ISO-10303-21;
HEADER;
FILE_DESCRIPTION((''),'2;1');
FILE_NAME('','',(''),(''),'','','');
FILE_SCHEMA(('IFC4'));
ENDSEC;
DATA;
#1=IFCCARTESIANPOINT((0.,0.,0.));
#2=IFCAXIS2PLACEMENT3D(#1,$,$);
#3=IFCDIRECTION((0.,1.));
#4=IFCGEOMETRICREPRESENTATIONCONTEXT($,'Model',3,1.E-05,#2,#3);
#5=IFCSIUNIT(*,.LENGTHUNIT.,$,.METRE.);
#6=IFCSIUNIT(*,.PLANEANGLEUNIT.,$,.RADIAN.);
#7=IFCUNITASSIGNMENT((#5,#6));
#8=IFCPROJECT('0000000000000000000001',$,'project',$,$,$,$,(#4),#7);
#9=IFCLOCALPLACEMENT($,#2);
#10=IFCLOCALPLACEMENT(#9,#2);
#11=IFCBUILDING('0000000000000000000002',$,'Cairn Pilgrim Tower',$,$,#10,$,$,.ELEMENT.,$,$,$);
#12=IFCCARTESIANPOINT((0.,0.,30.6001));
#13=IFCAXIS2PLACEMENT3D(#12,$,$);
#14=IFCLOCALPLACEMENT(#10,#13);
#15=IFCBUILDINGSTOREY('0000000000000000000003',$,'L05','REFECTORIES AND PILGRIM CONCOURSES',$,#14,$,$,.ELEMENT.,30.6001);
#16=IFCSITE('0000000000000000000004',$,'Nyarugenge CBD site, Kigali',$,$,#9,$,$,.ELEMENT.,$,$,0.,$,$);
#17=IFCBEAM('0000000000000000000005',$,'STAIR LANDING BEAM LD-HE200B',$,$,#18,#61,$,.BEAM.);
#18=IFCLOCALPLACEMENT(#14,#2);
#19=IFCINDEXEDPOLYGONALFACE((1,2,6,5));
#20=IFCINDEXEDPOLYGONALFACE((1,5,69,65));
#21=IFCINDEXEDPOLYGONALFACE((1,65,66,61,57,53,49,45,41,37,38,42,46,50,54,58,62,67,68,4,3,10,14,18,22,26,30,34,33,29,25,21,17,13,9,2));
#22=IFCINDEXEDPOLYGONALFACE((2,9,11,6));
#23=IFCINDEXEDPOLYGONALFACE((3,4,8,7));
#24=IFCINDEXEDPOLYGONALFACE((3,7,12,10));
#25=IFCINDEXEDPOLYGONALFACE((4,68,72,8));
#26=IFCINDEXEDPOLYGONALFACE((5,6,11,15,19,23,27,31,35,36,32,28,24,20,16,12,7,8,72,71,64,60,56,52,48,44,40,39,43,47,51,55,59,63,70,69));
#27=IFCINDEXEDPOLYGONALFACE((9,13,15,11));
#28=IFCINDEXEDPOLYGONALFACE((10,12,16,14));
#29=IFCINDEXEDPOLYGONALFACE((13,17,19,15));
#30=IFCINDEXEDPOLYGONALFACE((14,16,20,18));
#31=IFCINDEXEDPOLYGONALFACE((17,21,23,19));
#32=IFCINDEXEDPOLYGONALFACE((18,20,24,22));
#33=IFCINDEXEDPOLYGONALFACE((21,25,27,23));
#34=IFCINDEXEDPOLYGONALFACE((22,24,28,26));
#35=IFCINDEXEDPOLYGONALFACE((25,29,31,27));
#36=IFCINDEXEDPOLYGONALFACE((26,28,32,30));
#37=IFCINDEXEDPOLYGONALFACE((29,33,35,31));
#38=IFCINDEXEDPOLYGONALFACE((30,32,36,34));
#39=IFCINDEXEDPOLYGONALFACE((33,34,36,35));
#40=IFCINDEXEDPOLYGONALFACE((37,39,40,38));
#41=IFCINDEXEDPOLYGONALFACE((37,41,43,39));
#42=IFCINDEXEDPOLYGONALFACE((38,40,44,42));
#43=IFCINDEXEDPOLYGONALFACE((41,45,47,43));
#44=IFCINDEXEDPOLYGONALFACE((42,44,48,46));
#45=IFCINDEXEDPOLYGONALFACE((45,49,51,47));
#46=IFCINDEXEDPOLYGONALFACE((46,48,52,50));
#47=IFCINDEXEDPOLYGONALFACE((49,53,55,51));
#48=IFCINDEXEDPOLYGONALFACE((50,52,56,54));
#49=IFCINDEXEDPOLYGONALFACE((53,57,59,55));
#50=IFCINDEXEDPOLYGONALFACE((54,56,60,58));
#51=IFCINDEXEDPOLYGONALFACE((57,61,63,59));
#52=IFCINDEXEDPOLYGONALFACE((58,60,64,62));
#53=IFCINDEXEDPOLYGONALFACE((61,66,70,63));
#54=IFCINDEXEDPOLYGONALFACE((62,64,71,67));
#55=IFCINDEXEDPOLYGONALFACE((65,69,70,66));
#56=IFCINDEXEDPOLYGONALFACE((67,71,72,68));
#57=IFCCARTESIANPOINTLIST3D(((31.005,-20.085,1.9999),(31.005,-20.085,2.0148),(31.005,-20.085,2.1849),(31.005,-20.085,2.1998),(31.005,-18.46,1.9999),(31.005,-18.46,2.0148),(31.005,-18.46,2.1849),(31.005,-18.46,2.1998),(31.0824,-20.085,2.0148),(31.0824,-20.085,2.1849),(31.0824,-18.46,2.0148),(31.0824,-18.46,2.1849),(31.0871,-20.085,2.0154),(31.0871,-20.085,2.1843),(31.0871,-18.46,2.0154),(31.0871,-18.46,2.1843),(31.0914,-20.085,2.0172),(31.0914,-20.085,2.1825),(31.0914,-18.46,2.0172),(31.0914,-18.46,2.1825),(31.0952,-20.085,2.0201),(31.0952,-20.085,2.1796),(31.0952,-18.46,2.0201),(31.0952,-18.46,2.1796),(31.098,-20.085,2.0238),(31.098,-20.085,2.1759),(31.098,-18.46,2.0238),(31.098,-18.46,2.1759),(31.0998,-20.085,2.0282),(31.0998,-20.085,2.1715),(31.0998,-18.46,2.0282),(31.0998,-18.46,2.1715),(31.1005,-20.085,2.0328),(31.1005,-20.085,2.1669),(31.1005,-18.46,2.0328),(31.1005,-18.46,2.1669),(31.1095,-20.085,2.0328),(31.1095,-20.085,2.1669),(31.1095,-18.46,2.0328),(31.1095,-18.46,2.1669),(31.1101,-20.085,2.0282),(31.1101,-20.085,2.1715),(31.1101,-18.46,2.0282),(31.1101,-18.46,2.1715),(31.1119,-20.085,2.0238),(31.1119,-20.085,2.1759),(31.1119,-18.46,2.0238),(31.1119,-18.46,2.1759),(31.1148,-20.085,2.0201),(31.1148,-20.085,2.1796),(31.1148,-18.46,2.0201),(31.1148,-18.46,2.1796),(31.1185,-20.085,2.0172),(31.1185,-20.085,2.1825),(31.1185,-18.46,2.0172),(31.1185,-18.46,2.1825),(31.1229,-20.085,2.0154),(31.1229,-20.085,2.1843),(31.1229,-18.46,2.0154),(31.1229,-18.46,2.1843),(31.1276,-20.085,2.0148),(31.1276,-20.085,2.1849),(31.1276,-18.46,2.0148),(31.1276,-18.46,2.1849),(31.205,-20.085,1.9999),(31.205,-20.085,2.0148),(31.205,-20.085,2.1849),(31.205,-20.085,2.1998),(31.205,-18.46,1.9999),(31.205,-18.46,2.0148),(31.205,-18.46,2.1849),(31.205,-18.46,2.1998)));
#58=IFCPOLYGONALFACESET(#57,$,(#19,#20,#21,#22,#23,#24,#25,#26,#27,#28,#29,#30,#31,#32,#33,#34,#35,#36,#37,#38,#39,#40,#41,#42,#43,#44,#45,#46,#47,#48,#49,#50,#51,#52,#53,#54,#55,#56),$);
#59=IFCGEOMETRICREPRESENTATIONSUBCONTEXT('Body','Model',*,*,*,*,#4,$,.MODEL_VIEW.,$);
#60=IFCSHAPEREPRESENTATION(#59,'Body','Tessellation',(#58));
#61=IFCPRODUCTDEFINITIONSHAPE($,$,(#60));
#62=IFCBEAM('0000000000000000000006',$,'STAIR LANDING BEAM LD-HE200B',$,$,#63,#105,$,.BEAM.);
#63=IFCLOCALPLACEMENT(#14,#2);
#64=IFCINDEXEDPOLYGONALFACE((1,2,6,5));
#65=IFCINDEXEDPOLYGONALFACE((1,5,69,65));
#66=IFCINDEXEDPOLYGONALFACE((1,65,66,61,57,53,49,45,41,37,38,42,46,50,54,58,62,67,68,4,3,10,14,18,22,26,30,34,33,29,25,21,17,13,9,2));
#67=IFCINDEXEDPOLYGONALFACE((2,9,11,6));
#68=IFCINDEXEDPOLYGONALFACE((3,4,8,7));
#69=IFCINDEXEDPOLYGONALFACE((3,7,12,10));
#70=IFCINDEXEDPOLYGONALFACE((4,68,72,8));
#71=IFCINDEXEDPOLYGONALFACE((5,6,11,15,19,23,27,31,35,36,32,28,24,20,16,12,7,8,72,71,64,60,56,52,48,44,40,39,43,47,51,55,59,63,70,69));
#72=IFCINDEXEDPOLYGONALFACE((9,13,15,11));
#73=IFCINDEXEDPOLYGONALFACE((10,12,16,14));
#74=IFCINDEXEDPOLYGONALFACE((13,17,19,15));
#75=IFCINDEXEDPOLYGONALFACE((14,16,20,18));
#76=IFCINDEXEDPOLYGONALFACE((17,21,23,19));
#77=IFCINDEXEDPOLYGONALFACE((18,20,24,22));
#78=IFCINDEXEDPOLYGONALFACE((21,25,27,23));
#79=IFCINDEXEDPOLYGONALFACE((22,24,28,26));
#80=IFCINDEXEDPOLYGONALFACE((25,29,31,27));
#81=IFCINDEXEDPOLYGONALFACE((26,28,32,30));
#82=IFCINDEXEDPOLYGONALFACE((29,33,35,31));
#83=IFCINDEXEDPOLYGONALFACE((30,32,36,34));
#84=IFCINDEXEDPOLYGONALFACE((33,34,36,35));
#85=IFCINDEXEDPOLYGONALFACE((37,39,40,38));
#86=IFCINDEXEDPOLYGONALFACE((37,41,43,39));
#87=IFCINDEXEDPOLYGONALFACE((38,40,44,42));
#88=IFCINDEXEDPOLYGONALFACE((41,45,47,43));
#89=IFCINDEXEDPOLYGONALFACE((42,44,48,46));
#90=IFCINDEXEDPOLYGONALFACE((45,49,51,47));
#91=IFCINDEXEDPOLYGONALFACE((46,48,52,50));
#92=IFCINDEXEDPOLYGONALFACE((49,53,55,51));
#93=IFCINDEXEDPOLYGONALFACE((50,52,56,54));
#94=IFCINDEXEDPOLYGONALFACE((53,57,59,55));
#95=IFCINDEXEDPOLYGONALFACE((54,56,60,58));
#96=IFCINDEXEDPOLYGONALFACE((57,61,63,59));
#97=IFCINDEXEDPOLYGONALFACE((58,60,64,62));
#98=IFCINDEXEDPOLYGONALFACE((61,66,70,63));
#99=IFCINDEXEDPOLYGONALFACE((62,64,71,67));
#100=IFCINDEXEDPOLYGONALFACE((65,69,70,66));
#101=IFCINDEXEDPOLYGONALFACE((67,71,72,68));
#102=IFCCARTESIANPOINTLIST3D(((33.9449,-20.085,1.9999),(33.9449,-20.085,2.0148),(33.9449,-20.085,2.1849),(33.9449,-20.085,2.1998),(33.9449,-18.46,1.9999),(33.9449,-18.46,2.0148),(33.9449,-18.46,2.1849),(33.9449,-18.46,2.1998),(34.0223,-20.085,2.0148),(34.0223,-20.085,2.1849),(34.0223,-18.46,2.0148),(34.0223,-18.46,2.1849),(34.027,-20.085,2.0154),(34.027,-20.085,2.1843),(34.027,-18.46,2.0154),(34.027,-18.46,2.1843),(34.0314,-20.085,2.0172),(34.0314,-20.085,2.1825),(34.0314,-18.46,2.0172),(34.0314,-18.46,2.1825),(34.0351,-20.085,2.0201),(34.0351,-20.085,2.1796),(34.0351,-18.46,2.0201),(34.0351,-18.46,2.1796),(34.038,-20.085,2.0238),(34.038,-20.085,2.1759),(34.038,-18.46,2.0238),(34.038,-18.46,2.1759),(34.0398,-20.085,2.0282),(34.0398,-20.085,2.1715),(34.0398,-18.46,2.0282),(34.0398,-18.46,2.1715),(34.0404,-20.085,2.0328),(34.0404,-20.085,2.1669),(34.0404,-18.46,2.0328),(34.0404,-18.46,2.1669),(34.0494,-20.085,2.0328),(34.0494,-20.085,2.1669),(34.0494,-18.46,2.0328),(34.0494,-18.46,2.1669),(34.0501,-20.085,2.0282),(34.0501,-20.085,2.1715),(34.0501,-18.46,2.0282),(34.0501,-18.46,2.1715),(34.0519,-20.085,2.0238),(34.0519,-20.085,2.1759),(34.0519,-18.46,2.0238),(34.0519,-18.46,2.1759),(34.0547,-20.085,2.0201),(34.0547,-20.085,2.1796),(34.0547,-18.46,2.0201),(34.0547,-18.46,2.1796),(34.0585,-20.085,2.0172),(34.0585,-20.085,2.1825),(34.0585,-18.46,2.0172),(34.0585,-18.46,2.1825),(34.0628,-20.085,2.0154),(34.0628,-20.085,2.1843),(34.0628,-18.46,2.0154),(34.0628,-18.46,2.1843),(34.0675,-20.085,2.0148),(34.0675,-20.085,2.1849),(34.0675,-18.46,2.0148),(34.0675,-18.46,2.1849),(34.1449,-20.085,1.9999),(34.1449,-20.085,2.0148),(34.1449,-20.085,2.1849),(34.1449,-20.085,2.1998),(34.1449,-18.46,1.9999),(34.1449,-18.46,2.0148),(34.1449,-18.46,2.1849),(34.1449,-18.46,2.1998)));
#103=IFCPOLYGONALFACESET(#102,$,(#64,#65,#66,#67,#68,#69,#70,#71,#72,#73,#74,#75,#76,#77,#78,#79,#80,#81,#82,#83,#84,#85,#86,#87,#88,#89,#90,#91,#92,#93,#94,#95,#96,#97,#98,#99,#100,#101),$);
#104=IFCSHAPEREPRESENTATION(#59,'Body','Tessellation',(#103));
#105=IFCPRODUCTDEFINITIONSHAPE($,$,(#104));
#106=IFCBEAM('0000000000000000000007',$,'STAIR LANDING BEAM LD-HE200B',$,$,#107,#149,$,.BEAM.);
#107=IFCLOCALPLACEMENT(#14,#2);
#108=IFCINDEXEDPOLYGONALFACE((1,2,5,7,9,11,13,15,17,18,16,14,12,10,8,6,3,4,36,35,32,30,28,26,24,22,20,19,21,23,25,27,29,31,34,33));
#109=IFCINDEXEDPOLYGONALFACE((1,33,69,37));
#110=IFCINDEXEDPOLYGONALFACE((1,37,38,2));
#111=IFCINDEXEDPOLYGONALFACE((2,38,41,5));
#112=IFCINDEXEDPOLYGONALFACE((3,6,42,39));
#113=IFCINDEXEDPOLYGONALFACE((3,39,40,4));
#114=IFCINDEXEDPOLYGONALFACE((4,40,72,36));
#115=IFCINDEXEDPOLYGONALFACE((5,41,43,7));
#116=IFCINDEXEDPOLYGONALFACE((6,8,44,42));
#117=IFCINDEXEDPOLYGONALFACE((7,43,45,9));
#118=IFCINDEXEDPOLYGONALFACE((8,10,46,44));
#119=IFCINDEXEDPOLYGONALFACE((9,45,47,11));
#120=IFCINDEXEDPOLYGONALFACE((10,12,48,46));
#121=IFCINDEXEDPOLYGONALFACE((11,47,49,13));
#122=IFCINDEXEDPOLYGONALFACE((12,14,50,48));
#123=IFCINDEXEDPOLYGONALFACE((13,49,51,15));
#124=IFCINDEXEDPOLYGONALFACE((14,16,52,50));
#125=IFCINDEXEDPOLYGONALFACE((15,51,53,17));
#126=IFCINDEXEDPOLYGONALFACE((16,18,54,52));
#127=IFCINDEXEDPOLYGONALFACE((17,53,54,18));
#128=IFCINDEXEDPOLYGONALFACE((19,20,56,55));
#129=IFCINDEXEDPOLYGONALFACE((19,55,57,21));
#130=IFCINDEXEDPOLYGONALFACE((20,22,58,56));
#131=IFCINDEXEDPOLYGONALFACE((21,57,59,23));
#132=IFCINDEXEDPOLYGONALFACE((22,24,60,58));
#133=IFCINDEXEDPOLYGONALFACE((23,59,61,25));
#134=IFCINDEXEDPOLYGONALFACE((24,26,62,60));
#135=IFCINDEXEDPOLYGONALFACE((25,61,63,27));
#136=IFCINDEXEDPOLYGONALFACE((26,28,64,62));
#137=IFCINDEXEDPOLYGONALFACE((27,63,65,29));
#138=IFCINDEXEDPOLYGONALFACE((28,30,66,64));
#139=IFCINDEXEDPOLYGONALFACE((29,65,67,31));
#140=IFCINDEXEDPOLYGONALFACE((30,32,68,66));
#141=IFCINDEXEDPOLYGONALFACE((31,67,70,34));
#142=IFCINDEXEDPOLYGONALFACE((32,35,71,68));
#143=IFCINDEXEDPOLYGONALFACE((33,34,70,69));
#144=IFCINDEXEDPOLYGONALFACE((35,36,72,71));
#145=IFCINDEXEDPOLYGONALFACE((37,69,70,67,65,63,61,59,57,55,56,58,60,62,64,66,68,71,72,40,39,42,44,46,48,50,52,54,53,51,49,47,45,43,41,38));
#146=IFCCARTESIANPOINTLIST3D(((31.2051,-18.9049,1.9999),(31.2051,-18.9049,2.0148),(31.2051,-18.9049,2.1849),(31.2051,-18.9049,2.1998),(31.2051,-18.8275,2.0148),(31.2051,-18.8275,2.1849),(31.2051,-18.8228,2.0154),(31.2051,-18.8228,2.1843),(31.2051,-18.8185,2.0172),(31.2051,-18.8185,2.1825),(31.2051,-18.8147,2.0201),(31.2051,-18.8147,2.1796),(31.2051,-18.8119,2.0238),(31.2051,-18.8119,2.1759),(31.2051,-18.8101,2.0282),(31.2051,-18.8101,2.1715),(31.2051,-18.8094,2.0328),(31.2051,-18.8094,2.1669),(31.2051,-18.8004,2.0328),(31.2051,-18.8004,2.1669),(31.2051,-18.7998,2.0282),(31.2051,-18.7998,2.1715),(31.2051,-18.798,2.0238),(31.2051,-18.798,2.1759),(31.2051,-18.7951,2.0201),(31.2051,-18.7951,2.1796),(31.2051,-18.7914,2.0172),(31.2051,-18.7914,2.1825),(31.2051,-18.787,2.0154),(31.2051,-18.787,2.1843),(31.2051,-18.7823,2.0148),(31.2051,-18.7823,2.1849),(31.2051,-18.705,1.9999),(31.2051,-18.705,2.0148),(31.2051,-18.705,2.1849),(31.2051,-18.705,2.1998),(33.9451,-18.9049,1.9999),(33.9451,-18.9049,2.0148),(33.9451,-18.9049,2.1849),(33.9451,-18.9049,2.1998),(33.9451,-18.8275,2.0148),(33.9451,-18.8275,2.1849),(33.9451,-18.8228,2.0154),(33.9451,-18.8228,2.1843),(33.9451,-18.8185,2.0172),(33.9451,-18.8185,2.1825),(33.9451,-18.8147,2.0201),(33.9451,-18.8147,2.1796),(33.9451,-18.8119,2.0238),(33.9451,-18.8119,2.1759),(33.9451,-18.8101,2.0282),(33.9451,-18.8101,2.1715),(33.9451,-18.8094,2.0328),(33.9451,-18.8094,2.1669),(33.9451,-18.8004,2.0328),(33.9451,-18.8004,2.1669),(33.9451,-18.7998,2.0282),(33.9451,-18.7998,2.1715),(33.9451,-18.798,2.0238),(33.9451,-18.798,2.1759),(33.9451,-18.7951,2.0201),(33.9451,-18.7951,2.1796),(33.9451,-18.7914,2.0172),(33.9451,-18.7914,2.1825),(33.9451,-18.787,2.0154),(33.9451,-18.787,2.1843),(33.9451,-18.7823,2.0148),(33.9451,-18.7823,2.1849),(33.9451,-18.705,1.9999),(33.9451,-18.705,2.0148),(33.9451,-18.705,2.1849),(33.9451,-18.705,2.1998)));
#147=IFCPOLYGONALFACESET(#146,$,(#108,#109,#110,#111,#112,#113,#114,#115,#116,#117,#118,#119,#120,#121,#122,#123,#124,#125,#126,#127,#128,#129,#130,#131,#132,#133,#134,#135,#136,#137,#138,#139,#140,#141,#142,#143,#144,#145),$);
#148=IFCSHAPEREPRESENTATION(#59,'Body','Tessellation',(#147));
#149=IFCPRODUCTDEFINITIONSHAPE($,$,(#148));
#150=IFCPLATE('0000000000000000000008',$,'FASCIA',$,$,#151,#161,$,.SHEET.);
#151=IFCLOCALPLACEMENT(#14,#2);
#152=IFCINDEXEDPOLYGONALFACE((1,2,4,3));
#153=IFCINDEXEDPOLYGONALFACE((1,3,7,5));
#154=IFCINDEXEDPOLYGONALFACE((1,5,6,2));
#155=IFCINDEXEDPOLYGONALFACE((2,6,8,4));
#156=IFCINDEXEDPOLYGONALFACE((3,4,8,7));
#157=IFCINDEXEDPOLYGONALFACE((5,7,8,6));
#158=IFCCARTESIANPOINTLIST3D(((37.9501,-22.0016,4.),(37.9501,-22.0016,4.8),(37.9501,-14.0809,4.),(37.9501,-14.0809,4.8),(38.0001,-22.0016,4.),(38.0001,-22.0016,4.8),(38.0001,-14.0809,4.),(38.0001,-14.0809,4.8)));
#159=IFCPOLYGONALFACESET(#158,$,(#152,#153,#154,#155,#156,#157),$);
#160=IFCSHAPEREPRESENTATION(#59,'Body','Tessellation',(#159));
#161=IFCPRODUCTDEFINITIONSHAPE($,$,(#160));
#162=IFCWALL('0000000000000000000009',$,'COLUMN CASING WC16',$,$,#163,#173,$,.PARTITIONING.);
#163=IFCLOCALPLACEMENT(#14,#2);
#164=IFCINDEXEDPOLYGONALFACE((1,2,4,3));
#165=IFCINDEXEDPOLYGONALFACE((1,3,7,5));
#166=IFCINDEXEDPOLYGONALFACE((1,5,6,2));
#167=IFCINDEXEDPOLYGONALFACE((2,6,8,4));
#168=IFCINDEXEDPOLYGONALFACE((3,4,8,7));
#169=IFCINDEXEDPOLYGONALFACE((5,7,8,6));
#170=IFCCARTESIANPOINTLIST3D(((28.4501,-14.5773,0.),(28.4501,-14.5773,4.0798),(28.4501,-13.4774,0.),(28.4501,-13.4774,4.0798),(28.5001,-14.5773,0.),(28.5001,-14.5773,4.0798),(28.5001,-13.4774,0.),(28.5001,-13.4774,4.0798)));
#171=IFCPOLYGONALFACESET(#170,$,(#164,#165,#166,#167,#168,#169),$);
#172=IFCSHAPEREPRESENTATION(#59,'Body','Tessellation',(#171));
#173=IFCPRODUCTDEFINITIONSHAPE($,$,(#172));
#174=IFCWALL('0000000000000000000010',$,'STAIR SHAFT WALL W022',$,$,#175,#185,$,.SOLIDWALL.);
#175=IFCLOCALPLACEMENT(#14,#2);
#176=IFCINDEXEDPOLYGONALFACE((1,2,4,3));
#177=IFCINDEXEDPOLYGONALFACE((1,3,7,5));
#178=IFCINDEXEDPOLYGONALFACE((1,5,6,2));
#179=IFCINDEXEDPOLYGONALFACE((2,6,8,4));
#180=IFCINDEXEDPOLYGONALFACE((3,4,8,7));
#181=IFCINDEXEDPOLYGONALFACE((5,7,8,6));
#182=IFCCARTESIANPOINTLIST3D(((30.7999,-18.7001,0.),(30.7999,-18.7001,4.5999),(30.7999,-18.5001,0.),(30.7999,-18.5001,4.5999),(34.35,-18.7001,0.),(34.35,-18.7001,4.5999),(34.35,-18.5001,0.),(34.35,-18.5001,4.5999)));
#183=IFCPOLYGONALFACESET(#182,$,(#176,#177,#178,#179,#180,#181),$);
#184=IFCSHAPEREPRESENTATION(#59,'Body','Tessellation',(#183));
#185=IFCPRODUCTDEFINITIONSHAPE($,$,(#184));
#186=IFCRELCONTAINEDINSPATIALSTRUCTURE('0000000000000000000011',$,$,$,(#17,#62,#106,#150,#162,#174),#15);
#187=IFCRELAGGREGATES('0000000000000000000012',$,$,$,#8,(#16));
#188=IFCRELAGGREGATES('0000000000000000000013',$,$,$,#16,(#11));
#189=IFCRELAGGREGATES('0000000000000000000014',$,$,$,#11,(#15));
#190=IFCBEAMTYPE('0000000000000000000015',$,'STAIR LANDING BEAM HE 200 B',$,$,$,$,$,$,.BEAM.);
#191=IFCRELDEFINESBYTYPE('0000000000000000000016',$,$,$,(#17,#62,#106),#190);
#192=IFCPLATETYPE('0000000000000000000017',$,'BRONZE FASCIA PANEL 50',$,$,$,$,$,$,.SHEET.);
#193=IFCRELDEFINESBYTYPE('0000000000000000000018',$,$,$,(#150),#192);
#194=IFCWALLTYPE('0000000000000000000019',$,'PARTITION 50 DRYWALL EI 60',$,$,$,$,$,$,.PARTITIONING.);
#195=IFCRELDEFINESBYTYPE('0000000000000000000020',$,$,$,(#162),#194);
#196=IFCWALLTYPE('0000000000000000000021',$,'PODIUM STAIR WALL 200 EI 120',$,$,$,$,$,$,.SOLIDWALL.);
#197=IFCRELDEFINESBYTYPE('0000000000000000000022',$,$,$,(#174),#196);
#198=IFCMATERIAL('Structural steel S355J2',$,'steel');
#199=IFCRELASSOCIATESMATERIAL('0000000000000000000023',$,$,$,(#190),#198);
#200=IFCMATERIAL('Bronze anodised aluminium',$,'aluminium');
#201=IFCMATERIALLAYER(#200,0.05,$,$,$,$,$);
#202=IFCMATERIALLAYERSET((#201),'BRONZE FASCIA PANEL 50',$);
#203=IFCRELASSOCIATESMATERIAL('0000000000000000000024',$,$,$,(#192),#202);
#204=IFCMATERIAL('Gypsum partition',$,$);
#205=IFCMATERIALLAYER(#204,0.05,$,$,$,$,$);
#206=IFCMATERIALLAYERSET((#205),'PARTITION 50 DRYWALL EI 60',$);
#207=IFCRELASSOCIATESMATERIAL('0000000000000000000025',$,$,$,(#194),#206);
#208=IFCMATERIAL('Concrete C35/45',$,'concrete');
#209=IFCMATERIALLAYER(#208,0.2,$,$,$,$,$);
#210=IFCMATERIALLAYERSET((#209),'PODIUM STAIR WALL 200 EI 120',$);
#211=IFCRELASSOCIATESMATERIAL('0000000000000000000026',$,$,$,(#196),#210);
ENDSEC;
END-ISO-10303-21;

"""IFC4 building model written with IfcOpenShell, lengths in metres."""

from ifc_helpers import new_model, si_unit, direction, frame, frame_2d, origin, origin_2d, place, context, subcontext, project, spatial, rectangle, i_section, extrude, material, layer, layer_set, material_profile, profile_set, type_object, element, save


model = new_model("IFC4")

# Units and contexts
model_context = context("Model", 3, precision=1e-05, world=origin(), true_north=direction((0.0, 1.0)))
body_context = subcontext(model_context, "Body", "Model", "MODEL_VIEW")
ifc_project = project(units=[si_unit("LENGTHUNIT", "METRE"), si_unit("PLANEANGLEUNIT", "RADIAN")], contexts=[model_context])

# Site, building, storey
site_placement = place(None, origin())
site = spatial("IfcSite", under=ifc_project, at=site_placement, Name="Nyarugenge CBD site, Kigali", CompositionType="ELEMENT", RefElevation=0.0)
building_placement = place(site_placement, origin())
building = spatial("IfcBuilding", under=site, at=building_placement, Name="Cairn Pilgrim Tower", CompositionType="ELEMENT")
storey_placement = place(building_placement, frame((0.0, 0.0, 30.6001)))
storey = spatial("IfcBuildingStorey", under=building, at=storey_placement, Name="L05", Description="REFECTORIES AND PILGRIM CONCOURSES", CompositionType="ELEMENT", Elevation=30.6001)

# Shared definitions
ifc_material_1 = material(Name="Structural steel S355J2", Category="steel")

# Beams
ifc_material_profile_1 = material_profile(ifc_material_1, i_section(OverallWidth=0.2, OverallDepth=0.2, WebThickness=0.009, FlangeThickness=0.0149, FilletRadius=0.0181, at=origin_2d()), Name="HE 200 B")
ifc_profile_set_1 = profile_set([ifc_material_profile_1], Name="Structural steel S355J2")
beam_type_1 = type_object("IfcBeamType", Name="STAIR LANDING BEAM HE 200 B", PredefinedType="BEAM", material=ifc_profile_set_1)
for number, where, z_axis, x_axis, name in (
    (1, (31.105, -18.46, 2.0999), (0.0, -1.0, 0.0), (1.0, 0.0, 0.0), "STAIR LANDING BEAM LD-HE200B"),
    (2, (34.0449, -18.46, 2.0999), (0.0, -1.0, 0.0), (1.0, 0.0, 0.0), "STAIR LANDING BEAM LD-HE200B"),
):
    element("IfcBeam", number, at=place(storey_placement, frame(where, z_axis=z_axis, x_axis=x_axis)), inside=storey, type_object=beam_type_1, Name=name, PredefinedType="BEAM", context=body_context, shape_type="SweptSolid", body=[
        extrude(i_section(OverallWidth=0.2, OverallDepth=0.2, WebThickness=0.009, FlangeThickness=0.0149, FilletRadius=0.0181, at=origin_2d()), origin(), (0.0, 0.0, 1.0), 1.625),
    ])
beam_1_placement = place(storey_placement, frame((31.2051, -18.8049, 2.0999), z_axis=(1.0, 0.0, 0.0), x_axis=(0.0, 1.0, 0.0)))
element("IfcBeam", 3, at=beam_1_placement, inside=storey, type_object=beam_type_1, Name="STAIR LANDING BEAM LD-HE200B", PredefinedType="BEAM", context=body_context, shape_type="SweptSolid", body=[
    extrude(i_section(OverallWidth=0.2, OverallDepth=0.2, WebThickness=0.009, FlangeThickness=0.0149, FilletRadius=0.0181, at=origin_2d()), origin(), (0.0, 0.0, 1.0), 2.74),
])

# Plate
ifc_material_2 = material(Name="Bronze anodised aluminium", Category="aluminium")
ifc_layer_1 = layer(ifc_material_2, 0.05)
ifc_layer_set_1 = layer_set([ifc_layer_1], Name="BRONZE FASCIA PANEL 50")
plate_type = type_object("IfcPlateType", Name="BRONZE FASCIA PANEL 50", PredefinedType="SHEET", material=ifc_layer_set_1)
plate_placement = place(storey_placement, frame((37.9751, -18.0413, 4.0), z_axis=(0.0, 0.0, 1.0), x_axis=(0.0, 1.0, 0.0)))
element("IfcPlate", 4, at=plate_placement, inside=storey, type_object=plate_type, Name="FASCIA", PredefinedType="SHEET", context=body_context, shape_type="SweptSolid", body=[
    extrude(rectangle(XDim=7.9207, YDim=0.05, at=origin_2d()), origin(), (0.0, 0.0, 1.0), 0.8),
])

# Walls
ifc_material_3 = material(Name="Gypsum partition")
ifc_layer_2 = layer(ifc_material_3, 0.05)
ifc_layer_set_2 = layer_set([ifc_layer_2], Name="PARTITION 50 DRYWALL EI 60")
wall_type_1 = type_object("IfcWallType", Name="PARTITION 50 DRYWALL EI 60", PredefinedType="PARTITIONING", material=ifc_layer_set_2)
wall_1_placement = place(storey_placement, frame((28.4751, -14.5771, 0.0), z_axis=(0.0, 0.0, 1.0), x_axis=(0.0, 1.0, 0.0)))
element("IfcWall", 5, at=wall_1_placement, inside=storey, type_object=wall_type_1, Name="COLUMN CASING WC16", PredefinedType="PARTITIONING", context=body_context, shape_type="SweptSolid", body=[
    extrude(rectangle(XDim=1.0999, YDim=0.05, at=frame_2d((0.5498, 0.0))), origin(), (0.0, 0.0, 1.0), 4.0798),
])
ifc_material_4 = material(Name="Concrete C35/45", Category="concrete")
ifc_layer_3 = layer(ifc_material_4, 0.2)
ifc_layer_set_3 = layer_set([ifc_layer_3], Name="PODIUM STAIR WALL 200 EI 120")
wall_type_2 = type_object("IfcWallType", Name="PODIUM STAIR WALL 200 EI 120", PredefinedType="SOLIDWALL", material=ifc_layer_set_3)
wall_2_placement = place(storey_placement, frame((30.8, -18.6001, 0.0), z_axis=(0.0, 0.0, 1.0), x_axis=(1.0, 0.0, 0.0)))
element("IfcWall", 6, at=wall_2_placement, inside=storey, type_object=wall_type_2, Name="STAIR SHAFT WALL W022", PredefinedType="SOLIDWALL", context=body_context, shape_type="SweptSolid", body=[
    extrude(rectangle(XDim=3.55, YDim=0.2, at=frame_2d((1.7749, 0.0))), origin(), (0.0, 0.0, 1.0), 4.5999),
])

save(model, "model.ifc")
